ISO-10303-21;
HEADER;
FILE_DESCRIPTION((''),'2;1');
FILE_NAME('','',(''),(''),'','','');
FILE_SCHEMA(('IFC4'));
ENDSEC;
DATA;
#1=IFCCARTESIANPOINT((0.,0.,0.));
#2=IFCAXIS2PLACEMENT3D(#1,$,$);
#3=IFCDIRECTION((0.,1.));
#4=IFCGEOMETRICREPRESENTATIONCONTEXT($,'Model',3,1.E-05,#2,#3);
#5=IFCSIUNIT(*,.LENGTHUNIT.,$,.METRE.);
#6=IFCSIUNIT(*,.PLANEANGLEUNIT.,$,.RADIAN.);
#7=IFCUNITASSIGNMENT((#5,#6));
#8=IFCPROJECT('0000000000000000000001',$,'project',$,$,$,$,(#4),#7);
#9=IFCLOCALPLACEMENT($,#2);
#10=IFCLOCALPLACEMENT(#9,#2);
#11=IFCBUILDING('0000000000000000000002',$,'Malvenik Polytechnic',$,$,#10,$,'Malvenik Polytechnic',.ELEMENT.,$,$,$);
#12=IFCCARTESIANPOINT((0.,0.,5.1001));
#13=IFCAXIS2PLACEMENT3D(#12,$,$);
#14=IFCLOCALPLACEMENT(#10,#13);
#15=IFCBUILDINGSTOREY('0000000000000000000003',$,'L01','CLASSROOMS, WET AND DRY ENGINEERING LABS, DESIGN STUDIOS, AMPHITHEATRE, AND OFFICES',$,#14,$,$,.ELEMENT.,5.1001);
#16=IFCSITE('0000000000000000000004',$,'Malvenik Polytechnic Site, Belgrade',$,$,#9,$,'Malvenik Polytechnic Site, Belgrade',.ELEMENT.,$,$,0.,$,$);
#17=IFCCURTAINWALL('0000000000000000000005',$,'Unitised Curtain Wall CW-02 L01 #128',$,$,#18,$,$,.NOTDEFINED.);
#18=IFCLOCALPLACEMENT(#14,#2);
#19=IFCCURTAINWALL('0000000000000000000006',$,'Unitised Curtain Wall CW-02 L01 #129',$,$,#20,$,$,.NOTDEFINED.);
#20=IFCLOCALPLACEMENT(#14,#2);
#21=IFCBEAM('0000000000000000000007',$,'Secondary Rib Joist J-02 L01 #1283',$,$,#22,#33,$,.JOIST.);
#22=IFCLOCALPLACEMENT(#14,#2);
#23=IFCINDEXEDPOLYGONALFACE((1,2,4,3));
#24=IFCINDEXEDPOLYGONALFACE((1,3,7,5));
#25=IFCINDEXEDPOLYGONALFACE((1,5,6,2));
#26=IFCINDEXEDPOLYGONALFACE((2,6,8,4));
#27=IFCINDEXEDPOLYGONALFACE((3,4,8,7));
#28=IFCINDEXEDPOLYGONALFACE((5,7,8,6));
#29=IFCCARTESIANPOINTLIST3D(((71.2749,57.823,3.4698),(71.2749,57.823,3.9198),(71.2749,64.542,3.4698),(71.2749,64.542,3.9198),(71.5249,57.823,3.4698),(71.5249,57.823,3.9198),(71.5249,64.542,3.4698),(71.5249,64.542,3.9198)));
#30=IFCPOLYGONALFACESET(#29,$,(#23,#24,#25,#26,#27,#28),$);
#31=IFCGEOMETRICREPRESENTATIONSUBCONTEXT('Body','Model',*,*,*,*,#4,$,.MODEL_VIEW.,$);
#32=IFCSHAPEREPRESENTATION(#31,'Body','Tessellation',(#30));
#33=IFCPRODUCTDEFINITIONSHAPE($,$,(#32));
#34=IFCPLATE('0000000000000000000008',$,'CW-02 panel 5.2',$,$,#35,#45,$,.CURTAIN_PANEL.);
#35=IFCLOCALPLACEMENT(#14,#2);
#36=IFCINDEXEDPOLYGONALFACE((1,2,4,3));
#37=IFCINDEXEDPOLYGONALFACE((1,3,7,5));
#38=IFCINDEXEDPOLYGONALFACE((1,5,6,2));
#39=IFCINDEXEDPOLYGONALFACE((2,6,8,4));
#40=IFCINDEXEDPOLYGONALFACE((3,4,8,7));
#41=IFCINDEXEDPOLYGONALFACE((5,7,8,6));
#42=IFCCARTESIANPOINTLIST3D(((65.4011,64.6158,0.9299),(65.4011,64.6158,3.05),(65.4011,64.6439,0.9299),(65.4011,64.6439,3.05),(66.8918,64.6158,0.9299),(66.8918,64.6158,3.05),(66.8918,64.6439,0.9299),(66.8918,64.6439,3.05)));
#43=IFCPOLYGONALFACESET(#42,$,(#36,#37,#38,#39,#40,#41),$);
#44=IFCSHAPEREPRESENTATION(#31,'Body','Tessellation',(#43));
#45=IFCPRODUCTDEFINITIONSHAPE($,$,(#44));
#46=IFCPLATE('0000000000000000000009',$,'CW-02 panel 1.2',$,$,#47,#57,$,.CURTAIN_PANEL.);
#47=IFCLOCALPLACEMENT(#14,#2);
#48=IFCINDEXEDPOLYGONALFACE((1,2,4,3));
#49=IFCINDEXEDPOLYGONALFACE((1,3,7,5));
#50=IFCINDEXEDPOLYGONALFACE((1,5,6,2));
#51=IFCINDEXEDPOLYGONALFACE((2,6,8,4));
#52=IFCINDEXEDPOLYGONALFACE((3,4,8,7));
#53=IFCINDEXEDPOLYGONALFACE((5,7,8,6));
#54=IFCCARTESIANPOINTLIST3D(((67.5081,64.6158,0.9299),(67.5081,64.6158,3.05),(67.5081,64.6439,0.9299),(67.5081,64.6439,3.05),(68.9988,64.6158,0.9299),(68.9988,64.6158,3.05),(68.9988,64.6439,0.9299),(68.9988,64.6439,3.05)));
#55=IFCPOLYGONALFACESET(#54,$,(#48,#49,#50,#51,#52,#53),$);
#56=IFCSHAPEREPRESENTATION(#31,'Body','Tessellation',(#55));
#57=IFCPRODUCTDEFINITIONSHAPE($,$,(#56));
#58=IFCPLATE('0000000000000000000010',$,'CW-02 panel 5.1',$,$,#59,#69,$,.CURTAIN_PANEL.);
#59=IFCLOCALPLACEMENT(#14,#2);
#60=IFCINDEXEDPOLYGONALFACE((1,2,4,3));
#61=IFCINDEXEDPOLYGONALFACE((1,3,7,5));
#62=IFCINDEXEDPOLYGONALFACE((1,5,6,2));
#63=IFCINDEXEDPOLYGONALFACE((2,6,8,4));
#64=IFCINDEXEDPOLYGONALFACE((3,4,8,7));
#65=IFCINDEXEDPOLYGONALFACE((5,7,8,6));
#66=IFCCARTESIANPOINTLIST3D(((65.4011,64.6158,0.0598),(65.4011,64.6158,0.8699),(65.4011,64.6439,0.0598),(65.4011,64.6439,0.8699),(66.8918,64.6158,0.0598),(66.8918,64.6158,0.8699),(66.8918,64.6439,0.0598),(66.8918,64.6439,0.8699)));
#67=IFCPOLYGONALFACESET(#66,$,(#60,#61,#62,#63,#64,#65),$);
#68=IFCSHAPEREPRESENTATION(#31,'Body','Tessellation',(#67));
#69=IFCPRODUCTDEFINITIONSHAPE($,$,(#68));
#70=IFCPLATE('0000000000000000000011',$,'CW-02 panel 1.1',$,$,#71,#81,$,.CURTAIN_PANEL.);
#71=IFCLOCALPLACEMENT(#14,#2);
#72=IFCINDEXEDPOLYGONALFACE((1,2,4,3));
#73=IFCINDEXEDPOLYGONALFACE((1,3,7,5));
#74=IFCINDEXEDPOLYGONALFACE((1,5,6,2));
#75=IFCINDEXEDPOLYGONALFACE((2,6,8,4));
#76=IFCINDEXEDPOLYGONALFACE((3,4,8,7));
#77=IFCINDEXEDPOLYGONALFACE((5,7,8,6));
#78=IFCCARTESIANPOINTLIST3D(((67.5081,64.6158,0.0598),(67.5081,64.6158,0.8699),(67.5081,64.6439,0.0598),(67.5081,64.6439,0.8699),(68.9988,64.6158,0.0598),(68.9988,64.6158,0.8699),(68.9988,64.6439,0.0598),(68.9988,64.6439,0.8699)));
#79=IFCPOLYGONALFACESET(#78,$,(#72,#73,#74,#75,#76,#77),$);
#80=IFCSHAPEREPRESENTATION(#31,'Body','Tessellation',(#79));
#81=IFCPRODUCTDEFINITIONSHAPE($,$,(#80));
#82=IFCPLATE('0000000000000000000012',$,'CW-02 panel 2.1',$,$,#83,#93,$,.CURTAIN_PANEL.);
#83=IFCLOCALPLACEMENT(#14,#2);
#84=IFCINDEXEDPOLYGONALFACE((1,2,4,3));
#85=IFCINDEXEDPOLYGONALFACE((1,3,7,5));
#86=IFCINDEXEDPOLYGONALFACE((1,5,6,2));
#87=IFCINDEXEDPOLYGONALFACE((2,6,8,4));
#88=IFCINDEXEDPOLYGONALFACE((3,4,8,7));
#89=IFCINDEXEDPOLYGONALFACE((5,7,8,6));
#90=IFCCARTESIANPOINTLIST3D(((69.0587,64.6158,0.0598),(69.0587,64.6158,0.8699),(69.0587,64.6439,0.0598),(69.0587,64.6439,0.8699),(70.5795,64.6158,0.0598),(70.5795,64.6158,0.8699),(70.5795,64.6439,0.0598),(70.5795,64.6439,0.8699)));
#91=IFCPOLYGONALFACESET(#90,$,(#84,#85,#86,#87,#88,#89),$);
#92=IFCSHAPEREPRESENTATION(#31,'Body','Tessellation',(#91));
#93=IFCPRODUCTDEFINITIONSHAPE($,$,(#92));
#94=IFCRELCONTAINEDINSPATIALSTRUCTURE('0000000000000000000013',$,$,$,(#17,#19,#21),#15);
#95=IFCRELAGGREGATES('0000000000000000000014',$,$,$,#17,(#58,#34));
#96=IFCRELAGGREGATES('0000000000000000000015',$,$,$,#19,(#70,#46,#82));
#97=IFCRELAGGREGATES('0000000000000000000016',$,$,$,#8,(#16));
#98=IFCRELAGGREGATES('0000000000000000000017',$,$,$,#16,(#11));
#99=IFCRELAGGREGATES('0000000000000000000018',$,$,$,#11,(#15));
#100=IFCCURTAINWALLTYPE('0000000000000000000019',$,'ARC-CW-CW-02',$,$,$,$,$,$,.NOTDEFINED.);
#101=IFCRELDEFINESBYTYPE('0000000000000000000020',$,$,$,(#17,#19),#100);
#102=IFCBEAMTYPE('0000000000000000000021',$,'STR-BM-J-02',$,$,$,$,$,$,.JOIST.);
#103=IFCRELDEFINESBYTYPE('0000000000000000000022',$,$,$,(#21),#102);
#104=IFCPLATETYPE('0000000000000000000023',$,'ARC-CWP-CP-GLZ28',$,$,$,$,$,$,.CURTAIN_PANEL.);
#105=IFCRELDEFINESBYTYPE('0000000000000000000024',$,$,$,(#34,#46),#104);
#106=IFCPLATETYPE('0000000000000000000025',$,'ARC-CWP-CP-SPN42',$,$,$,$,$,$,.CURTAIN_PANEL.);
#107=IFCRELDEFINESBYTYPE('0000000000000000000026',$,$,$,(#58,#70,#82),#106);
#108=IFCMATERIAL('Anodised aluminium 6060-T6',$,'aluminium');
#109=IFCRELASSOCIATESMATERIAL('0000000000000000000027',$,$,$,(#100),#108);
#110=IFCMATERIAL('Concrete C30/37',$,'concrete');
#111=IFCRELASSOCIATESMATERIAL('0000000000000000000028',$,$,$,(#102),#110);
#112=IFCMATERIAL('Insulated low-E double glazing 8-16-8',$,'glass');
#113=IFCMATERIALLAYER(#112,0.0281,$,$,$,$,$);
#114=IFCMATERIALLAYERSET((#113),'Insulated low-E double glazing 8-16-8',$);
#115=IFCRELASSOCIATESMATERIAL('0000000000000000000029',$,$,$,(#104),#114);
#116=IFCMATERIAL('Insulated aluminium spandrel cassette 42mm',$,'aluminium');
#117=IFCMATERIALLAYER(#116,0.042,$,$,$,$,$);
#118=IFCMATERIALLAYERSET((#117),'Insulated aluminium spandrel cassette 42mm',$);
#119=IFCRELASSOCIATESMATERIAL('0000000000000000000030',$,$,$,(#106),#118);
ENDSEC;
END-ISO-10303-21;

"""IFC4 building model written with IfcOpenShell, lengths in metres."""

from ifc_helpers import new_model, si_unit, direction, frame, origin, origin_2d, place, context, subcontext, project, spatial, rectangle, extrude, material, layer, layer_set, material_profile, profile_set, type_object, element, aggregate, save


model = new_model("IFC4")

# Units and contexts
model_context = context("Model", 3, precision=1e-05, world=origin(), true_north=direction((0.0, 1.0)))
body_context = subcontext(model_context, "Body", "Model", "MODEL_VIEW")
ifc_project = project(units=[si_unit("LENGTHUNIT", "METRE"), si_unit("PLANEANGLEUNIT", "RADIAN")], contexts=[model_context])

# Site, building, storey
site_placement = place(None, origin())
site = spatial("IfcSite", under=ifc_project, at=site_placement, Name="Malvenik Polytechnic Site, Belgrade", LongName="Malvenik Polytechnic Site, Belgrade", CompositionType="ELEMENT", RefElevation=0.0)
building_placement = place(site_placement, origin())
building = spatial("IfcBuilding", under=site, at=building_placement, Name="Malvenik Polytechnic", LongName="Malvenik Polytechnic", CompositionType="ELEMENT")
storey_placement = place(building_placement, frame((0.0, 0.0, 5.1001)))
storey = spatial("IfcBuildingStorey", under=building, at=storey_placement, Name="L01", Description="CLASSROOMS, WET AND DRY ENGINEERING LABS, DESIGN STUDIOS, AMPHITHEATRE, AND OFFICES", CompositionType="ELEMENT", Elevation=5.1001)

# Curtain walls
ifc_material_1 = material(Name="Anodised aluminium 6060-T6", Category="aluminium")
curtain_wall_type = type_object("IfcCurtainWallType", Name="ARC-CW-CW-02", PredefinedType="NOTDEFINED", material=ifc_material_1)
curtain_wall_1_placement = place(storey_placement, origin())
curtain_wall_1 = element("IfcCurtainWall", 1, at=curtain_wall_1_placement, inside=storey, type_object=curtain_wall_type, Name="Unitised Curtain Wall CW-02 L01 #128", PredefinedType="NOTDEFINED")
curtain_wall_2_placement = place(storey_placement, origin())
curtain_wall_2 = element("IfcCurtainWall", 2, at=curtain_wall_2_placement, inside=storey, type_object=curtain_wall_type, Name="Unitised Curtain Wall CW-02 L01 #129", PredefinedType="NOTDEFINED")

# Beam
ifc_material_2 = material(Name="Concrete C30/37", Category="concrete")
ifc_material_profile_1 = material_profile(ifc_material_2, rectangle(XDim=0.25, YDim=0.45, at=origin_2d()), Name="RC JST 250x450")
ifc_profile_set_1 = profile_set([ifc_material_profile_1], Name="Concrete C30/37")
beam_type_1 = type_object("IfcBeamType", Name="STR-BM-J-02", PredefinedType="JOIST", material=ifc_profile_set_1)
beam_1_placement = place(storey_placement, frame((71.3999, 57.823, 3.6948), z_axis=(0.0, 1.0, 0.0), x_axis=(-1.0, 0.0, 0.0)))
element("IfcBeam", 3, at=beam_1_placement, inside=storey, type_object=beam_type_1, Name="Secondary Rib Joist J-02 L01 #1283", PredefinedType="JOIST", context=body_context, shape_type="SweptSolid", body=[
    extrude(rectangle(XDim=0.25, YDim=0.45, at=origin_2d()), origin(), (0.0, 0.0, 1.0), 6.719),
])

# Plates
ifc_material_3 = material(Name="Insulated low-E double glazing 8-16-8", Category="glass")
ifc_layer_1 = layer(ifc_material_3, 0.0281)
ifc_layer_set_1 = layer_set([ifc_layer_1], Name="Insulated low-E double glazing 8-16-8")
plate_type_1 = type_object("IfcPlateType", Name="ARC-CWP-CP-GLZ28", PredefinedType="CURTAIN_PANEL", material=ifc_layer_set_1)
plate_1_placement = place(storey_placement, frame((66.1465, 64.6299, 0.9299), z_axis=(0.0, 0.0, 1.0), x_axis=(1.0, 0.0, 0.0)))
plate_1 = element("IfcPlate", 4, at=plate_1_placement, type_object=plate_type_1, Name="CW-02 panel 5.2", PredefinedType="CURTAIN_PANEL", context=body_context, shape_type="SweptSolid", body=[
    extrude(rectangle(XDim=1.4907, YDim=0.0281, at=origin_2d()), origin(), (0.0, 0.0, 1.0), 2.1201),
])
plate_2_placement = place(storey_placement, frame((68.2534, 64.6299, 0.9299), z_axis=(0.0, 0.0, 1.0), x_axis=(1.0, 0.0, 0.0)))
plate_2 = element("IfcPlate", 5, at=plate_2_placement, type_object=plate_type_1, Name="CW-02 panel 1.2", PredefinedType="CURTAIN_PANEL", context=body_context, shape_type="SweptSolid", body=[
    extrude(rectangle(XDim=1.4907, YDim=0.0281, at=origin_2d()), origin(), (0.0, 0.0, 1.0), 2.1201),
])
ifc_material_4 = material(Name="Insulated aluminium spandrel cassette 42mm", Category="aluminium")
ifc_layer_2 = layer(ifc_material_4, 0.042)
ifc_layer_set_2 = layer_set([ifc_layer_2], Name="Insulated aluminium spandrel cassette 42mm")
plate_type_2 = type_object("IfcPlateType", Name="ARC-CWP-CP-SPN42", PredefinedType="CURTAIN_PANEL", material=ifc_layer_set_2)
plate_3_placement = place(storey_placement, frame((66.1465, 64.6299, 0.0598), z_axis=(0.0, 0.0, 1.0), x_axis=(1.0, 0.0, 0.0)))
plate_3 = element("IfcPlate", 6, at=plate_3_placement, type_object=plate_type_2, Name="CW-02 panel 5.1", PredefinedType="CURTAIN_PANEL", context=body_context, shape_type="SweptSolid", body=[
    extrude(rectangle(XDim=1.4907, YDim=0.0281, at=origin_2d()), origin(), (0.0, 0.0, 1.0), 0.8101),
])
aggregate(curtain_wall_1, [plate_3, plate_1])
plate_4_placement = place(storey_placement, frame((68.2534, 64.6299, 0.0598), z_axis=(0.0, 0.0, 1.0), x_axis=(1.0, 0.0, 0.0)))
plate_4 = element("IfcPlate", 7, at=plate_4_placement, type_object=plate_type_2, Name="CW-02 panel 1.1", PredefinedType="CURTAIN_PANEL", context=body_context, shape_type="SweptSolid", body=[
    extrude(rectangle(XDim=1.4907, YDim=0.0281, at=origin_2d()), origin(), (0.0, 0.0, 1.0), 0.8101),
])
plate_5_placement = place(storey_placement, frame((69.8191, 64.6299, 0.0598), z_axis=(0.0, 0.0, 1.0), x_axis=(1.0, 0.0, 0.0)))
plate_5 = element("IfcPlate", 8, at=plate_5_placement, type_object=plate_type_2, Name="CW-02 panel 2.1", PredefinedType="CURTAIN_PANEL", context=body_context, shape_type="SweptSolid", body=[
    extrude(rectangle(XDim=1.5208, YDim=0.0281, at=origin_2d()), origin(), (0.0, 0.0, 1.0), 0.8101),
])
aggregate(curtain_wall_2, [plate_4, plate_2, plate_5])

save(model, "model.ifc")
